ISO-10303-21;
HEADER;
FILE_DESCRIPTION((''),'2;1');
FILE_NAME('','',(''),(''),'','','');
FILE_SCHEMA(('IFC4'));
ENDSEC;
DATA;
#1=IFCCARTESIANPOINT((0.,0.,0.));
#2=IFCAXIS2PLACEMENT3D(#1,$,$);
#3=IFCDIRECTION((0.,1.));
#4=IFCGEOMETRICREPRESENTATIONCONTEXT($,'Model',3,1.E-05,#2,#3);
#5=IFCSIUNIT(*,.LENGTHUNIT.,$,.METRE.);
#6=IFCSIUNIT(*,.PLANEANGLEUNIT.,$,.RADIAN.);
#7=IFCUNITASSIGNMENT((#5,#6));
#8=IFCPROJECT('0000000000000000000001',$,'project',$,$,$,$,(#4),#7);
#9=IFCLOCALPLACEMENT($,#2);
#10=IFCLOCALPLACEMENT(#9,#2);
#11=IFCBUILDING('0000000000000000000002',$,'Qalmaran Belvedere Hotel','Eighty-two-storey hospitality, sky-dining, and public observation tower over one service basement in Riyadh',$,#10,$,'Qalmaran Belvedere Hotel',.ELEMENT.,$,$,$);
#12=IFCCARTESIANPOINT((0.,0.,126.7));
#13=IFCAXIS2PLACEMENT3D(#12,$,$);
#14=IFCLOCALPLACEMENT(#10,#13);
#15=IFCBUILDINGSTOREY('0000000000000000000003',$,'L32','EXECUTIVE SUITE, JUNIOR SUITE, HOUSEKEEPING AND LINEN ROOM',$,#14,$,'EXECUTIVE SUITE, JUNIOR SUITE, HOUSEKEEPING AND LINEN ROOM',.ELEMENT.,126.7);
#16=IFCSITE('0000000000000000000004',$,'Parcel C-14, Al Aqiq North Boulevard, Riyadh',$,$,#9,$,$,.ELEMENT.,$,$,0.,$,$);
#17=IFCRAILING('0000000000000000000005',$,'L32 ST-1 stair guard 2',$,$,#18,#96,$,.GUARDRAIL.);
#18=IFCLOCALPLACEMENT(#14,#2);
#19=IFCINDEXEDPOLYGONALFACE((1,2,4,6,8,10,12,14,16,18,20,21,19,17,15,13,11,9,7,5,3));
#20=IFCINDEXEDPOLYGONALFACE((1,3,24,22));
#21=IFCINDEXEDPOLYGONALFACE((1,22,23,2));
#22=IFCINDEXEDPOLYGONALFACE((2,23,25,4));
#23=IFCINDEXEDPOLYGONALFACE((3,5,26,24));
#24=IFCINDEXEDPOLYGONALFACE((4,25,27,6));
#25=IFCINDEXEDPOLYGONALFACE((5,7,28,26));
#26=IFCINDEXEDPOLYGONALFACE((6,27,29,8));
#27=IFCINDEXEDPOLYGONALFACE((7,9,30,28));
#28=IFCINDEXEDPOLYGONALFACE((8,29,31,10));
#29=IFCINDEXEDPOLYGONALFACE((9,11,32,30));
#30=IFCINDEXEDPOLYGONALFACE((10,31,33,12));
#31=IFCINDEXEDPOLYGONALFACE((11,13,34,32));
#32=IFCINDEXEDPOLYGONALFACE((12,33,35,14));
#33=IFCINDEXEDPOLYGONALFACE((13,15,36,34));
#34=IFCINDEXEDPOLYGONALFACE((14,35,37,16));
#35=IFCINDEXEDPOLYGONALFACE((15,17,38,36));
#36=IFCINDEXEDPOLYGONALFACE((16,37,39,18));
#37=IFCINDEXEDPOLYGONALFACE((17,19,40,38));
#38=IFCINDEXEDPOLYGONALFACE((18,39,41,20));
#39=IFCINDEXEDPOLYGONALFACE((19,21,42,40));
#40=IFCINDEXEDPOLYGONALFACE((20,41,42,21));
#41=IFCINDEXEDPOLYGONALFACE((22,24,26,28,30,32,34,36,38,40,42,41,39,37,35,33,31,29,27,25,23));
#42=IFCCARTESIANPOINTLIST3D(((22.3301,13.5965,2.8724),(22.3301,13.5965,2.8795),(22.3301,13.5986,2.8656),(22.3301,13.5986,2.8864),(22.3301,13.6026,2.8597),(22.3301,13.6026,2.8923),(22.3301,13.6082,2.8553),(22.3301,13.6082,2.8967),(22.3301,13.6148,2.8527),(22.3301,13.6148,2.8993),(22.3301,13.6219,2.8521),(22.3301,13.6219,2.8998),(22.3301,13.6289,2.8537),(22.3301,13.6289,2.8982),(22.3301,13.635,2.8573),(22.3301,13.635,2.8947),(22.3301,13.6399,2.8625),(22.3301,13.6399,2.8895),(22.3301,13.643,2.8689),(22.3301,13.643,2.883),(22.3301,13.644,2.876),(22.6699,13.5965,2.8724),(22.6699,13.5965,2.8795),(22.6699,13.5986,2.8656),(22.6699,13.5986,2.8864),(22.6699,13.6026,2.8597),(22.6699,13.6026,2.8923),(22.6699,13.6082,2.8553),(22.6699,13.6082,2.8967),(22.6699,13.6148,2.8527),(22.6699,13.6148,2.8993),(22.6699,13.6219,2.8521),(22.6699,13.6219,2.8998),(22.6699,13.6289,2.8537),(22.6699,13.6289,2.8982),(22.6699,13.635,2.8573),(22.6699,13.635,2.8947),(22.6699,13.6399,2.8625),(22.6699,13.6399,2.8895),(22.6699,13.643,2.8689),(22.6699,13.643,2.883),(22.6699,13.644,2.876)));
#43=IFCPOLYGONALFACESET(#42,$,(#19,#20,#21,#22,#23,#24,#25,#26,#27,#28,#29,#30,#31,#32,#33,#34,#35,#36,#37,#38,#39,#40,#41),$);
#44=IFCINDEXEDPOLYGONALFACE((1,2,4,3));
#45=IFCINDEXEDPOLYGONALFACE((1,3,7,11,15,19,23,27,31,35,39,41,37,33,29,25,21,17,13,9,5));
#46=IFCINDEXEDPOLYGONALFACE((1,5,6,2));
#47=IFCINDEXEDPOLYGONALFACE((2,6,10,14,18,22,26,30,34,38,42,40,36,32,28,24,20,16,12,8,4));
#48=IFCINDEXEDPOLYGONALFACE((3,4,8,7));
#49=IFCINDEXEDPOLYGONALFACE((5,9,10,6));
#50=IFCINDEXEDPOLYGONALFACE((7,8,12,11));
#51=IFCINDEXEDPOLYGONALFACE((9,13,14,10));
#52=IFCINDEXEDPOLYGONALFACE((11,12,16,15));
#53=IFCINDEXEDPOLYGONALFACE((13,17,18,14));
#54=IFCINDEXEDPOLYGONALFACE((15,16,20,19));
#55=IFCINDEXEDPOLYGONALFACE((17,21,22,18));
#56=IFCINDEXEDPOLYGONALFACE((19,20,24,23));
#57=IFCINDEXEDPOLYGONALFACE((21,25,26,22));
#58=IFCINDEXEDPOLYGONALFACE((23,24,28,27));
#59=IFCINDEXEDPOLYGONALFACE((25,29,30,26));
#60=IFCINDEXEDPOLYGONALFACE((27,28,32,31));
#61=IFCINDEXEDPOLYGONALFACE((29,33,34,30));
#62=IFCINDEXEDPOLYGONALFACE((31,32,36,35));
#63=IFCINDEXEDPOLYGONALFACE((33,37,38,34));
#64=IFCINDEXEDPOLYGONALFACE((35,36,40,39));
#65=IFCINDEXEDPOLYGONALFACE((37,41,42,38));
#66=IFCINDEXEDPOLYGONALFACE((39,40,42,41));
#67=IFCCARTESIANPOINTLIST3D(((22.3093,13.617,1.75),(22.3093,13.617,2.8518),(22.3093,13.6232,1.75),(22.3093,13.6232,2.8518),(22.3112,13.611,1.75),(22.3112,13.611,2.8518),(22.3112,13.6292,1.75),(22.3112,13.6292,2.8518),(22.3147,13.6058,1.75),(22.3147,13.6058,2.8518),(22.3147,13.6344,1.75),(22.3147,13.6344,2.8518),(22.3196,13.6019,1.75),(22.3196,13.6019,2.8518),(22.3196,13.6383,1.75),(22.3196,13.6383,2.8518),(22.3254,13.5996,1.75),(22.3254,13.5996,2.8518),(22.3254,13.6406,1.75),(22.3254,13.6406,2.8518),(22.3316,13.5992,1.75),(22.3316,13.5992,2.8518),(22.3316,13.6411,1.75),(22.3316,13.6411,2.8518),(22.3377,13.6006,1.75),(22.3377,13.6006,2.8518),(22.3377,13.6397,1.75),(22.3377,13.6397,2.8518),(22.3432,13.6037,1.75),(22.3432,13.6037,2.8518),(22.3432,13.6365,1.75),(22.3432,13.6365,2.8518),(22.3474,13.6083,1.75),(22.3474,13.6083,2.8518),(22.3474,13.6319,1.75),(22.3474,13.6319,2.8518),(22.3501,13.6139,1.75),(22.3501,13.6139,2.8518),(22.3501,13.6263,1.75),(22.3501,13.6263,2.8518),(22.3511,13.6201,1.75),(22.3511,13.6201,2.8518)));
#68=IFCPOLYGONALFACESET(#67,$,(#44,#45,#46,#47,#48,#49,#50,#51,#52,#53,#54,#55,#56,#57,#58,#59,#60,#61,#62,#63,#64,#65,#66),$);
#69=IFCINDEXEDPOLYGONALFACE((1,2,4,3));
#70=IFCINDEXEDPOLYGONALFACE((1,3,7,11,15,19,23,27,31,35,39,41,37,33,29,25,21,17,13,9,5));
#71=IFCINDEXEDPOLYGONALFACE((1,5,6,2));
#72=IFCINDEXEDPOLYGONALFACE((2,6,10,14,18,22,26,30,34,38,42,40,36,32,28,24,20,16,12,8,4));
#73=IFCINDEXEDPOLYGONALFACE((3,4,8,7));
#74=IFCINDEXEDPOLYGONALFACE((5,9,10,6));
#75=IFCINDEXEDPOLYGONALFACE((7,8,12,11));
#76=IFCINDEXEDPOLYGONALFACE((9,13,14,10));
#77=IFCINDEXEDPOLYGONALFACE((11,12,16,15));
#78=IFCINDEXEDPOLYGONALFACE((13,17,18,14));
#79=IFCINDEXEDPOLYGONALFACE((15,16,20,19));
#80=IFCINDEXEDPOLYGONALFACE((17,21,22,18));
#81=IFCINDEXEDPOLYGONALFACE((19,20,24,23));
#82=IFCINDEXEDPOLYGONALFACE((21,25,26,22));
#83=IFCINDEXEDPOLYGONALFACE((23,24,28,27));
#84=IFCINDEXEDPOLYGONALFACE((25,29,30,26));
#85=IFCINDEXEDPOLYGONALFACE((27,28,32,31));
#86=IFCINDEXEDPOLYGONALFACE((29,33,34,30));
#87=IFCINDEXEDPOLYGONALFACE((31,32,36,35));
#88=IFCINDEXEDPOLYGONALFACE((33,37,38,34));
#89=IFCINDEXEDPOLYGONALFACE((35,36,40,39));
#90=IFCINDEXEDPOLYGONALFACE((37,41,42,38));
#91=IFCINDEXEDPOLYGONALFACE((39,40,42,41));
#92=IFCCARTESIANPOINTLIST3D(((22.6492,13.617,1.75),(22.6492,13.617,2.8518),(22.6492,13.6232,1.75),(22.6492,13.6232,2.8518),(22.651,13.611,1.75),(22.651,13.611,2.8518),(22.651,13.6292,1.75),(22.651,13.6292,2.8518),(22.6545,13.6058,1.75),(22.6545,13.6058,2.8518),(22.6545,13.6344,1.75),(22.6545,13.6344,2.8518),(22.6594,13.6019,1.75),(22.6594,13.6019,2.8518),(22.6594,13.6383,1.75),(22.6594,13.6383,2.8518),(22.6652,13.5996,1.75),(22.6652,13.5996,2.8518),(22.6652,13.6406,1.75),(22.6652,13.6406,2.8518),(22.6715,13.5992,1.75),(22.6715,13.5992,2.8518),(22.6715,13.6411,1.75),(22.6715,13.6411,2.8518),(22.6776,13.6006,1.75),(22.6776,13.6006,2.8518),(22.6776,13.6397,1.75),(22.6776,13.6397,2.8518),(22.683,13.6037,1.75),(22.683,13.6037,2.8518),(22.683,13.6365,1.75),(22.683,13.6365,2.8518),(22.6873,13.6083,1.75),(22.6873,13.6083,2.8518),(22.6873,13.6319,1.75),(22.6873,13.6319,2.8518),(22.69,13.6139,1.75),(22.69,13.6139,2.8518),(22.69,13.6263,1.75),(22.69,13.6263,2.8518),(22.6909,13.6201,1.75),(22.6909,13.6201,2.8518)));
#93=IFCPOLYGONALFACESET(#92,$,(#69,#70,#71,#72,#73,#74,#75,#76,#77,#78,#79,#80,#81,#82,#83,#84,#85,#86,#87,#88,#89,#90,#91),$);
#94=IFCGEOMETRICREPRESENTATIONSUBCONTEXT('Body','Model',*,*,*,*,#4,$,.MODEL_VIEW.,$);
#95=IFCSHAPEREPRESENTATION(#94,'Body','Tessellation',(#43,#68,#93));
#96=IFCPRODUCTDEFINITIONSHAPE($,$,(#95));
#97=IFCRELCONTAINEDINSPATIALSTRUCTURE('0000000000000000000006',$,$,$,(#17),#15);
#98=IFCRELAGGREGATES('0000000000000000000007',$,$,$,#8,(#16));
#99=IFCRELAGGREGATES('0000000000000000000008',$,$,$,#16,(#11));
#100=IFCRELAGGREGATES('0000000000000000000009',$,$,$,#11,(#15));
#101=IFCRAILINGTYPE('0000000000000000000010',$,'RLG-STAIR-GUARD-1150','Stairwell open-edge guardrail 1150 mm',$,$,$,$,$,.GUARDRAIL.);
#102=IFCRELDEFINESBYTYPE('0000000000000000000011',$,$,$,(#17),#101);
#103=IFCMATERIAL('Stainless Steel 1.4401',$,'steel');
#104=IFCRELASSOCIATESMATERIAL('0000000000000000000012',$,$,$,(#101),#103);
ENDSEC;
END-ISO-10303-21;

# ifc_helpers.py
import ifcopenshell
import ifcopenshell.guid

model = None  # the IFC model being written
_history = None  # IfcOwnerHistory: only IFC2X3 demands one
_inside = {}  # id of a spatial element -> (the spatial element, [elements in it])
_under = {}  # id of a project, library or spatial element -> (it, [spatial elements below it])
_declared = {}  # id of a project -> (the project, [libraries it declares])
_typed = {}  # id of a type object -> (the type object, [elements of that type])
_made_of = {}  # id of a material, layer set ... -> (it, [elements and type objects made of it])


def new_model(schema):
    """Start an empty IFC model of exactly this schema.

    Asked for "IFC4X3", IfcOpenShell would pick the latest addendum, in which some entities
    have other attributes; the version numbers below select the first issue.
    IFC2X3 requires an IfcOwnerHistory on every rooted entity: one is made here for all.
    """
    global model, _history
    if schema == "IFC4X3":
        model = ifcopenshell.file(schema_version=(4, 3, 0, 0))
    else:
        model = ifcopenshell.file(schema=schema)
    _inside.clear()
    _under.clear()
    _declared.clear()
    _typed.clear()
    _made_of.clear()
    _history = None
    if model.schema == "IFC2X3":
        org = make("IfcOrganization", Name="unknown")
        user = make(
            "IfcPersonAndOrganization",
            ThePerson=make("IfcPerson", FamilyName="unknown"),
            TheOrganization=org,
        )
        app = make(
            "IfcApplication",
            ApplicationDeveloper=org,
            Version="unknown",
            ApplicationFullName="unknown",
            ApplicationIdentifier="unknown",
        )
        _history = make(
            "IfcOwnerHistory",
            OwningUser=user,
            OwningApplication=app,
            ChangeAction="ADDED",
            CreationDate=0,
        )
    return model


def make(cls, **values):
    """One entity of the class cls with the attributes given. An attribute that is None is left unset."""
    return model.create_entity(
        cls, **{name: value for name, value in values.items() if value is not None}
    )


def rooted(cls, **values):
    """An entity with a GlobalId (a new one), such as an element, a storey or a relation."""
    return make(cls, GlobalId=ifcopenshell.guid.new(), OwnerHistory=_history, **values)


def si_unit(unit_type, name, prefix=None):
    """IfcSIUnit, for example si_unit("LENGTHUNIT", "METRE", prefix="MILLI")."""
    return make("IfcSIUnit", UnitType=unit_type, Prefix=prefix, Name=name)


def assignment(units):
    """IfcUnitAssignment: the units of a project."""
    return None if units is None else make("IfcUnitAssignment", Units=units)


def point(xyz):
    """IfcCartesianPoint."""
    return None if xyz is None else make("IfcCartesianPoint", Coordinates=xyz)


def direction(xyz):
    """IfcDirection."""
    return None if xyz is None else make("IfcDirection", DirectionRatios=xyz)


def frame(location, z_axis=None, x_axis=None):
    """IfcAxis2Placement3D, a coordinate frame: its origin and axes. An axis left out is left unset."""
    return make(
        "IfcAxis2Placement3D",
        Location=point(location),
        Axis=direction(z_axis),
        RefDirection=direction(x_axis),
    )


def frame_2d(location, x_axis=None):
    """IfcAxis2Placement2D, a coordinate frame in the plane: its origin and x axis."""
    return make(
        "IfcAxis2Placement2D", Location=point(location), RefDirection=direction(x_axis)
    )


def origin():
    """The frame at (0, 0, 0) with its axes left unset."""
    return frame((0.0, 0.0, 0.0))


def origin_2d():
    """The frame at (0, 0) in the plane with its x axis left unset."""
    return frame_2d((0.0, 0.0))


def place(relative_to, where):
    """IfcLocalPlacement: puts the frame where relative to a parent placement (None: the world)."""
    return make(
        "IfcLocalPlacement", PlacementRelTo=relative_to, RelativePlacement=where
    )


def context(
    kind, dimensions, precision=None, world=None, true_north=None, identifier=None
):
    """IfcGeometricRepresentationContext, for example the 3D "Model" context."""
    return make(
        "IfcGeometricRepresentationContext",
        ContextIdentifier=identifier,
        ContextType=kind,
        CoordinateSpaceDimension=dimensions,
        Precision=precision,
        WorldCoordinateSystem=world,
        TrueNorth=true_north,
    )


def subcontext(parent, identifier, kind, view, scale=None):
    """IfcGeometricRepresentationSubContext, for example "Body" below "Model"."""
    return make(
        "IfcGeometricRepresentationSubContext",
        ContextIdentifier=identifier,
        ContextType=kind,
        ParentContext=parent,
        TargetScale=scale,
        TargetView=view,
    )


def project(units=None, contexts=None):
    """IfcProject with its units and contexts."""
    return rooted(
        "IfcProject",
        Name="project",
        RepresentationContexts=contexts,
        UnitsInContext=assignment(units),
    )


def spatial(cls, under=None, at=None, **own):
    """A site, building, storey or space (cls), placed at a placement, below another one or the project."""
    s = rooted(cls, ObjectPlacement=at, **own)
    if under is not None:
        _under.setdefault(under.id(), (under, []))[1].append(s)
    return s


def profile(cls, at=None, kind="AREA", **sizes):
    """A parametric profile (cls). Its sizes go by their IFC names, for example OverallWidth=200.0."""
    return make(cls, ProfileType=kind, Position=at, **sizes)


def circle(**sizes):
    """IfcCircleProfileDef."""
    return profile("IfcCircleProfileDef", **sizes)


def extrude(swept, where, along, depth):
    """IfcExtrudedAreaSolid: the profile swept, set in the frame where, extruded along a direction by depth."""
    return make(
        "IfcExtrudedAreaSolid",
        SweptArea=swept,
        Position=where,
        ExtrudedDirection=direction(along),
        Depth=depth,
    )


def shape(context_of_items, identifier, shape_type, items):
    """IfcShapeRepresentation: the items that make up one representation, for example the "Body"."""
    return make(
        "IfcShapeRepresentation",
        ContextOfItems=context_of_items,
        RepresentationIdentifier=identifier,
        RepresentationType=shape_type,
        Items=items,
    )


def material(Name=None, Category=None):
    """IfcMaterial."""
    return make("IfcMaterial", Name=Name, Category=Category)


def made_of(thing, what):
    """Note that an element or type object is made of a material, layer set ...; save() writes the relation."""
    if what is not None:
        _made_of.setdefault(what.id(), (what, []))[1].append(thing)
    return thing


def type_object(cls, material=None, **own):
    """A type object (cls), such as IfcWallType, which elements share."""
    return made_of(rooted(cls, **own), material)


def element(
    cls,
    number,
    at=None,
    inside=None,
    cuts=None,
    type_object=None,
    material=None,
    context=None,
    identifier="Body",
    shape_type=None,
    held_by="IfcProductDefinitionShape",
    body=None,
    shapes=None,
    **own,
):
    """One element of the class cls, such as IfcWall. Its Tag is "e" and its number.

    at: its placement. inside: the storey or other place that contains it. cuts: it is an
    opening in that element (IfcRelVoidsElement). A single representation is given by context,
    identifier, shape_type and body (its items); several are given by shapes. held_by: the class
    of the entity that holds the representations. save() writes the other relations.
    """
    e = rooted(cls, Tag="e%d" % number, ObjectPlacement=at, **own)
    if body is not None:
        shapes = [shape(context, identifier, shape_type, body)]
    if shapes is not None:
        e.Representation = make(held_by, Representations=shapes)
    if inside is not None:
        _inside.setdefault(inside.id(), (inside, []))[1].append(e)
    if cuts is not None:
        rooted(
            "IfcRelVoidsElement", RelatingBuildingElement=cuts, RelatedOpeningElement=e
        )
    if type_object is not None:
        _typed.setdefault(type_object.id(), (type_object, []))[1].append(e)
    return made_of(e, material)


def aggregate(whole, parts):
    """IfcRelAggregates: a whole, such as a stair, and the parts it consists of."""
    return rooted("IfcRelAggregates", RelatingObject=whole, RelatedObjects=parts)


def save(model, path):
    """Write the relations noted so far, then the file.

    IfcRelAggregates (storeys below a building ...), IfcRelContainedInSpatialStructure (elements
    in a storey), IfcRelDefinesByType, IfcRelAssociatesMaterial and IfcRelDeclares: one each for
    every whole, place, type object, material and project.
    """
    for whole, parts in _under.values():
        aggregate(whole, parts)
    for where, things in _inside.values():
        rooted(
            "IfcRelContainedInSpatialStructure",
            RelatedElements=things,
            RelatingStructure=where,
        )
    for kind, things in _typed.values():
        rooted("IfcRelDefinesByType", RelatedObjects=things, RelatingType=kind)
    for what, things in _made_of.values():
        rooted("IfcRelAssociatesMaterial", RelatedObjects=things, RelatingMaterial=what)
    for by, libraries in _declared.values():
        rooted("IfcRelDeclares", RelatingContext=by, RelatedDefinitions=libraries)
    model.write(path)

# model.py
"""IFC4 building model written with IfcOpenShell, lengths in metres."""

from ifc_helpers import new_model, si_unit, direction, frame, origin, origin_2d, place, context, subcontext, project, spatial, circle, extrude, material, type_object, element, save


model = new_model("IFC4")

# Units and contexts
model_context = context("Model", 3, precision=1e-05, world=origin(), true_north=direction((0.0, 1.0)))
body_context = subcontext(model_context, "Body", "Model", "MODEL_VIEW")
ifc_project = project(units=[si_unit("LENGTHUNIT", "METRE"), si_unit("PLANEANGLEUNIT", "RADIAN")], contexts=[model_context])

# Site, building, storey
site_placement = place(None, origin())
site = spatial("IfcSite", under=ifc_project, at=site_placement, Name="Parcel C-14, Al Aqiq North Boulevard, Riyadh", CompositionType="ELEMENT", RefElevation=0.0)
building_placement = place(site_placement, origin())
building = spatial("IfcBuilding", under=site, at=building_placement, Name="Qalmaran Belvedere Hotel", Description="Eighty-two-storey hospitality, sky-dining, and public observation tower over one service basement in Riyadh", LongName="Qalmaran Belvedere Hotel", CompositionType="ELEMENT")
storey_placement = place(building_placement, frame((0.0, 0.0, 126.7)))
storey = spatial("IfcBuildingStorey", under=building, at=storey_placement, Name="L32", Description="EXECUTIVE SUITE, JUNIOR SUITE, HOUSEKEEPING AND LINEN ROOM", LongName="EXECUTIVE SUITE, JUNIOR SUITE, HOUSEKEEPING AND LINEN ROOM", CompositionType="ELEMENT", Elevation=126.7)

# Railing
ifc_material_1 = material(Name="Stainless Steel 1.4401", Category="steel")
railing_type_1 = type_object("IfcRailingType", Name="RLG-STAIR-GUARD-1150", Description="Stairwell open-edge guardrail 1150 mm", PredefinedType="GUARDRAIL", material=ifc_material_1)
railing_1_placement = place(storey_placement, frame((22.3301, 13.6201, 1.75)))
element("IfcRailing", 1, at=railing_1_placement, inside=storey, type_object=railing_type_1, Name="L32 ST-1 stair guard 2", PredefinedType="GUARDRAIL", context=body_context, shape_type="SweptSolid", body=[
    extrude(circle(Radius=0.0239, at=origin_2d()), frame((0.0, 0.0, 1.126), z_axis=(1.0, 0.0, 0.0), x_axis=(0.0, 1.0, 0.0)), (0.0, 0.0, 1.0), 0.3398),
    extrude(circle(Radius=0.021, at=origin_2d()), origin(), (0.0, 0.0, 1.0), 1.1018),
    extrude(circle(Radius=0.021, at=origin_2d()), frame((0.3398, 0.0, 0.0)), (0.0, 0.0, 1.0), 1.1018),
])

save(model, "model.ifc")
